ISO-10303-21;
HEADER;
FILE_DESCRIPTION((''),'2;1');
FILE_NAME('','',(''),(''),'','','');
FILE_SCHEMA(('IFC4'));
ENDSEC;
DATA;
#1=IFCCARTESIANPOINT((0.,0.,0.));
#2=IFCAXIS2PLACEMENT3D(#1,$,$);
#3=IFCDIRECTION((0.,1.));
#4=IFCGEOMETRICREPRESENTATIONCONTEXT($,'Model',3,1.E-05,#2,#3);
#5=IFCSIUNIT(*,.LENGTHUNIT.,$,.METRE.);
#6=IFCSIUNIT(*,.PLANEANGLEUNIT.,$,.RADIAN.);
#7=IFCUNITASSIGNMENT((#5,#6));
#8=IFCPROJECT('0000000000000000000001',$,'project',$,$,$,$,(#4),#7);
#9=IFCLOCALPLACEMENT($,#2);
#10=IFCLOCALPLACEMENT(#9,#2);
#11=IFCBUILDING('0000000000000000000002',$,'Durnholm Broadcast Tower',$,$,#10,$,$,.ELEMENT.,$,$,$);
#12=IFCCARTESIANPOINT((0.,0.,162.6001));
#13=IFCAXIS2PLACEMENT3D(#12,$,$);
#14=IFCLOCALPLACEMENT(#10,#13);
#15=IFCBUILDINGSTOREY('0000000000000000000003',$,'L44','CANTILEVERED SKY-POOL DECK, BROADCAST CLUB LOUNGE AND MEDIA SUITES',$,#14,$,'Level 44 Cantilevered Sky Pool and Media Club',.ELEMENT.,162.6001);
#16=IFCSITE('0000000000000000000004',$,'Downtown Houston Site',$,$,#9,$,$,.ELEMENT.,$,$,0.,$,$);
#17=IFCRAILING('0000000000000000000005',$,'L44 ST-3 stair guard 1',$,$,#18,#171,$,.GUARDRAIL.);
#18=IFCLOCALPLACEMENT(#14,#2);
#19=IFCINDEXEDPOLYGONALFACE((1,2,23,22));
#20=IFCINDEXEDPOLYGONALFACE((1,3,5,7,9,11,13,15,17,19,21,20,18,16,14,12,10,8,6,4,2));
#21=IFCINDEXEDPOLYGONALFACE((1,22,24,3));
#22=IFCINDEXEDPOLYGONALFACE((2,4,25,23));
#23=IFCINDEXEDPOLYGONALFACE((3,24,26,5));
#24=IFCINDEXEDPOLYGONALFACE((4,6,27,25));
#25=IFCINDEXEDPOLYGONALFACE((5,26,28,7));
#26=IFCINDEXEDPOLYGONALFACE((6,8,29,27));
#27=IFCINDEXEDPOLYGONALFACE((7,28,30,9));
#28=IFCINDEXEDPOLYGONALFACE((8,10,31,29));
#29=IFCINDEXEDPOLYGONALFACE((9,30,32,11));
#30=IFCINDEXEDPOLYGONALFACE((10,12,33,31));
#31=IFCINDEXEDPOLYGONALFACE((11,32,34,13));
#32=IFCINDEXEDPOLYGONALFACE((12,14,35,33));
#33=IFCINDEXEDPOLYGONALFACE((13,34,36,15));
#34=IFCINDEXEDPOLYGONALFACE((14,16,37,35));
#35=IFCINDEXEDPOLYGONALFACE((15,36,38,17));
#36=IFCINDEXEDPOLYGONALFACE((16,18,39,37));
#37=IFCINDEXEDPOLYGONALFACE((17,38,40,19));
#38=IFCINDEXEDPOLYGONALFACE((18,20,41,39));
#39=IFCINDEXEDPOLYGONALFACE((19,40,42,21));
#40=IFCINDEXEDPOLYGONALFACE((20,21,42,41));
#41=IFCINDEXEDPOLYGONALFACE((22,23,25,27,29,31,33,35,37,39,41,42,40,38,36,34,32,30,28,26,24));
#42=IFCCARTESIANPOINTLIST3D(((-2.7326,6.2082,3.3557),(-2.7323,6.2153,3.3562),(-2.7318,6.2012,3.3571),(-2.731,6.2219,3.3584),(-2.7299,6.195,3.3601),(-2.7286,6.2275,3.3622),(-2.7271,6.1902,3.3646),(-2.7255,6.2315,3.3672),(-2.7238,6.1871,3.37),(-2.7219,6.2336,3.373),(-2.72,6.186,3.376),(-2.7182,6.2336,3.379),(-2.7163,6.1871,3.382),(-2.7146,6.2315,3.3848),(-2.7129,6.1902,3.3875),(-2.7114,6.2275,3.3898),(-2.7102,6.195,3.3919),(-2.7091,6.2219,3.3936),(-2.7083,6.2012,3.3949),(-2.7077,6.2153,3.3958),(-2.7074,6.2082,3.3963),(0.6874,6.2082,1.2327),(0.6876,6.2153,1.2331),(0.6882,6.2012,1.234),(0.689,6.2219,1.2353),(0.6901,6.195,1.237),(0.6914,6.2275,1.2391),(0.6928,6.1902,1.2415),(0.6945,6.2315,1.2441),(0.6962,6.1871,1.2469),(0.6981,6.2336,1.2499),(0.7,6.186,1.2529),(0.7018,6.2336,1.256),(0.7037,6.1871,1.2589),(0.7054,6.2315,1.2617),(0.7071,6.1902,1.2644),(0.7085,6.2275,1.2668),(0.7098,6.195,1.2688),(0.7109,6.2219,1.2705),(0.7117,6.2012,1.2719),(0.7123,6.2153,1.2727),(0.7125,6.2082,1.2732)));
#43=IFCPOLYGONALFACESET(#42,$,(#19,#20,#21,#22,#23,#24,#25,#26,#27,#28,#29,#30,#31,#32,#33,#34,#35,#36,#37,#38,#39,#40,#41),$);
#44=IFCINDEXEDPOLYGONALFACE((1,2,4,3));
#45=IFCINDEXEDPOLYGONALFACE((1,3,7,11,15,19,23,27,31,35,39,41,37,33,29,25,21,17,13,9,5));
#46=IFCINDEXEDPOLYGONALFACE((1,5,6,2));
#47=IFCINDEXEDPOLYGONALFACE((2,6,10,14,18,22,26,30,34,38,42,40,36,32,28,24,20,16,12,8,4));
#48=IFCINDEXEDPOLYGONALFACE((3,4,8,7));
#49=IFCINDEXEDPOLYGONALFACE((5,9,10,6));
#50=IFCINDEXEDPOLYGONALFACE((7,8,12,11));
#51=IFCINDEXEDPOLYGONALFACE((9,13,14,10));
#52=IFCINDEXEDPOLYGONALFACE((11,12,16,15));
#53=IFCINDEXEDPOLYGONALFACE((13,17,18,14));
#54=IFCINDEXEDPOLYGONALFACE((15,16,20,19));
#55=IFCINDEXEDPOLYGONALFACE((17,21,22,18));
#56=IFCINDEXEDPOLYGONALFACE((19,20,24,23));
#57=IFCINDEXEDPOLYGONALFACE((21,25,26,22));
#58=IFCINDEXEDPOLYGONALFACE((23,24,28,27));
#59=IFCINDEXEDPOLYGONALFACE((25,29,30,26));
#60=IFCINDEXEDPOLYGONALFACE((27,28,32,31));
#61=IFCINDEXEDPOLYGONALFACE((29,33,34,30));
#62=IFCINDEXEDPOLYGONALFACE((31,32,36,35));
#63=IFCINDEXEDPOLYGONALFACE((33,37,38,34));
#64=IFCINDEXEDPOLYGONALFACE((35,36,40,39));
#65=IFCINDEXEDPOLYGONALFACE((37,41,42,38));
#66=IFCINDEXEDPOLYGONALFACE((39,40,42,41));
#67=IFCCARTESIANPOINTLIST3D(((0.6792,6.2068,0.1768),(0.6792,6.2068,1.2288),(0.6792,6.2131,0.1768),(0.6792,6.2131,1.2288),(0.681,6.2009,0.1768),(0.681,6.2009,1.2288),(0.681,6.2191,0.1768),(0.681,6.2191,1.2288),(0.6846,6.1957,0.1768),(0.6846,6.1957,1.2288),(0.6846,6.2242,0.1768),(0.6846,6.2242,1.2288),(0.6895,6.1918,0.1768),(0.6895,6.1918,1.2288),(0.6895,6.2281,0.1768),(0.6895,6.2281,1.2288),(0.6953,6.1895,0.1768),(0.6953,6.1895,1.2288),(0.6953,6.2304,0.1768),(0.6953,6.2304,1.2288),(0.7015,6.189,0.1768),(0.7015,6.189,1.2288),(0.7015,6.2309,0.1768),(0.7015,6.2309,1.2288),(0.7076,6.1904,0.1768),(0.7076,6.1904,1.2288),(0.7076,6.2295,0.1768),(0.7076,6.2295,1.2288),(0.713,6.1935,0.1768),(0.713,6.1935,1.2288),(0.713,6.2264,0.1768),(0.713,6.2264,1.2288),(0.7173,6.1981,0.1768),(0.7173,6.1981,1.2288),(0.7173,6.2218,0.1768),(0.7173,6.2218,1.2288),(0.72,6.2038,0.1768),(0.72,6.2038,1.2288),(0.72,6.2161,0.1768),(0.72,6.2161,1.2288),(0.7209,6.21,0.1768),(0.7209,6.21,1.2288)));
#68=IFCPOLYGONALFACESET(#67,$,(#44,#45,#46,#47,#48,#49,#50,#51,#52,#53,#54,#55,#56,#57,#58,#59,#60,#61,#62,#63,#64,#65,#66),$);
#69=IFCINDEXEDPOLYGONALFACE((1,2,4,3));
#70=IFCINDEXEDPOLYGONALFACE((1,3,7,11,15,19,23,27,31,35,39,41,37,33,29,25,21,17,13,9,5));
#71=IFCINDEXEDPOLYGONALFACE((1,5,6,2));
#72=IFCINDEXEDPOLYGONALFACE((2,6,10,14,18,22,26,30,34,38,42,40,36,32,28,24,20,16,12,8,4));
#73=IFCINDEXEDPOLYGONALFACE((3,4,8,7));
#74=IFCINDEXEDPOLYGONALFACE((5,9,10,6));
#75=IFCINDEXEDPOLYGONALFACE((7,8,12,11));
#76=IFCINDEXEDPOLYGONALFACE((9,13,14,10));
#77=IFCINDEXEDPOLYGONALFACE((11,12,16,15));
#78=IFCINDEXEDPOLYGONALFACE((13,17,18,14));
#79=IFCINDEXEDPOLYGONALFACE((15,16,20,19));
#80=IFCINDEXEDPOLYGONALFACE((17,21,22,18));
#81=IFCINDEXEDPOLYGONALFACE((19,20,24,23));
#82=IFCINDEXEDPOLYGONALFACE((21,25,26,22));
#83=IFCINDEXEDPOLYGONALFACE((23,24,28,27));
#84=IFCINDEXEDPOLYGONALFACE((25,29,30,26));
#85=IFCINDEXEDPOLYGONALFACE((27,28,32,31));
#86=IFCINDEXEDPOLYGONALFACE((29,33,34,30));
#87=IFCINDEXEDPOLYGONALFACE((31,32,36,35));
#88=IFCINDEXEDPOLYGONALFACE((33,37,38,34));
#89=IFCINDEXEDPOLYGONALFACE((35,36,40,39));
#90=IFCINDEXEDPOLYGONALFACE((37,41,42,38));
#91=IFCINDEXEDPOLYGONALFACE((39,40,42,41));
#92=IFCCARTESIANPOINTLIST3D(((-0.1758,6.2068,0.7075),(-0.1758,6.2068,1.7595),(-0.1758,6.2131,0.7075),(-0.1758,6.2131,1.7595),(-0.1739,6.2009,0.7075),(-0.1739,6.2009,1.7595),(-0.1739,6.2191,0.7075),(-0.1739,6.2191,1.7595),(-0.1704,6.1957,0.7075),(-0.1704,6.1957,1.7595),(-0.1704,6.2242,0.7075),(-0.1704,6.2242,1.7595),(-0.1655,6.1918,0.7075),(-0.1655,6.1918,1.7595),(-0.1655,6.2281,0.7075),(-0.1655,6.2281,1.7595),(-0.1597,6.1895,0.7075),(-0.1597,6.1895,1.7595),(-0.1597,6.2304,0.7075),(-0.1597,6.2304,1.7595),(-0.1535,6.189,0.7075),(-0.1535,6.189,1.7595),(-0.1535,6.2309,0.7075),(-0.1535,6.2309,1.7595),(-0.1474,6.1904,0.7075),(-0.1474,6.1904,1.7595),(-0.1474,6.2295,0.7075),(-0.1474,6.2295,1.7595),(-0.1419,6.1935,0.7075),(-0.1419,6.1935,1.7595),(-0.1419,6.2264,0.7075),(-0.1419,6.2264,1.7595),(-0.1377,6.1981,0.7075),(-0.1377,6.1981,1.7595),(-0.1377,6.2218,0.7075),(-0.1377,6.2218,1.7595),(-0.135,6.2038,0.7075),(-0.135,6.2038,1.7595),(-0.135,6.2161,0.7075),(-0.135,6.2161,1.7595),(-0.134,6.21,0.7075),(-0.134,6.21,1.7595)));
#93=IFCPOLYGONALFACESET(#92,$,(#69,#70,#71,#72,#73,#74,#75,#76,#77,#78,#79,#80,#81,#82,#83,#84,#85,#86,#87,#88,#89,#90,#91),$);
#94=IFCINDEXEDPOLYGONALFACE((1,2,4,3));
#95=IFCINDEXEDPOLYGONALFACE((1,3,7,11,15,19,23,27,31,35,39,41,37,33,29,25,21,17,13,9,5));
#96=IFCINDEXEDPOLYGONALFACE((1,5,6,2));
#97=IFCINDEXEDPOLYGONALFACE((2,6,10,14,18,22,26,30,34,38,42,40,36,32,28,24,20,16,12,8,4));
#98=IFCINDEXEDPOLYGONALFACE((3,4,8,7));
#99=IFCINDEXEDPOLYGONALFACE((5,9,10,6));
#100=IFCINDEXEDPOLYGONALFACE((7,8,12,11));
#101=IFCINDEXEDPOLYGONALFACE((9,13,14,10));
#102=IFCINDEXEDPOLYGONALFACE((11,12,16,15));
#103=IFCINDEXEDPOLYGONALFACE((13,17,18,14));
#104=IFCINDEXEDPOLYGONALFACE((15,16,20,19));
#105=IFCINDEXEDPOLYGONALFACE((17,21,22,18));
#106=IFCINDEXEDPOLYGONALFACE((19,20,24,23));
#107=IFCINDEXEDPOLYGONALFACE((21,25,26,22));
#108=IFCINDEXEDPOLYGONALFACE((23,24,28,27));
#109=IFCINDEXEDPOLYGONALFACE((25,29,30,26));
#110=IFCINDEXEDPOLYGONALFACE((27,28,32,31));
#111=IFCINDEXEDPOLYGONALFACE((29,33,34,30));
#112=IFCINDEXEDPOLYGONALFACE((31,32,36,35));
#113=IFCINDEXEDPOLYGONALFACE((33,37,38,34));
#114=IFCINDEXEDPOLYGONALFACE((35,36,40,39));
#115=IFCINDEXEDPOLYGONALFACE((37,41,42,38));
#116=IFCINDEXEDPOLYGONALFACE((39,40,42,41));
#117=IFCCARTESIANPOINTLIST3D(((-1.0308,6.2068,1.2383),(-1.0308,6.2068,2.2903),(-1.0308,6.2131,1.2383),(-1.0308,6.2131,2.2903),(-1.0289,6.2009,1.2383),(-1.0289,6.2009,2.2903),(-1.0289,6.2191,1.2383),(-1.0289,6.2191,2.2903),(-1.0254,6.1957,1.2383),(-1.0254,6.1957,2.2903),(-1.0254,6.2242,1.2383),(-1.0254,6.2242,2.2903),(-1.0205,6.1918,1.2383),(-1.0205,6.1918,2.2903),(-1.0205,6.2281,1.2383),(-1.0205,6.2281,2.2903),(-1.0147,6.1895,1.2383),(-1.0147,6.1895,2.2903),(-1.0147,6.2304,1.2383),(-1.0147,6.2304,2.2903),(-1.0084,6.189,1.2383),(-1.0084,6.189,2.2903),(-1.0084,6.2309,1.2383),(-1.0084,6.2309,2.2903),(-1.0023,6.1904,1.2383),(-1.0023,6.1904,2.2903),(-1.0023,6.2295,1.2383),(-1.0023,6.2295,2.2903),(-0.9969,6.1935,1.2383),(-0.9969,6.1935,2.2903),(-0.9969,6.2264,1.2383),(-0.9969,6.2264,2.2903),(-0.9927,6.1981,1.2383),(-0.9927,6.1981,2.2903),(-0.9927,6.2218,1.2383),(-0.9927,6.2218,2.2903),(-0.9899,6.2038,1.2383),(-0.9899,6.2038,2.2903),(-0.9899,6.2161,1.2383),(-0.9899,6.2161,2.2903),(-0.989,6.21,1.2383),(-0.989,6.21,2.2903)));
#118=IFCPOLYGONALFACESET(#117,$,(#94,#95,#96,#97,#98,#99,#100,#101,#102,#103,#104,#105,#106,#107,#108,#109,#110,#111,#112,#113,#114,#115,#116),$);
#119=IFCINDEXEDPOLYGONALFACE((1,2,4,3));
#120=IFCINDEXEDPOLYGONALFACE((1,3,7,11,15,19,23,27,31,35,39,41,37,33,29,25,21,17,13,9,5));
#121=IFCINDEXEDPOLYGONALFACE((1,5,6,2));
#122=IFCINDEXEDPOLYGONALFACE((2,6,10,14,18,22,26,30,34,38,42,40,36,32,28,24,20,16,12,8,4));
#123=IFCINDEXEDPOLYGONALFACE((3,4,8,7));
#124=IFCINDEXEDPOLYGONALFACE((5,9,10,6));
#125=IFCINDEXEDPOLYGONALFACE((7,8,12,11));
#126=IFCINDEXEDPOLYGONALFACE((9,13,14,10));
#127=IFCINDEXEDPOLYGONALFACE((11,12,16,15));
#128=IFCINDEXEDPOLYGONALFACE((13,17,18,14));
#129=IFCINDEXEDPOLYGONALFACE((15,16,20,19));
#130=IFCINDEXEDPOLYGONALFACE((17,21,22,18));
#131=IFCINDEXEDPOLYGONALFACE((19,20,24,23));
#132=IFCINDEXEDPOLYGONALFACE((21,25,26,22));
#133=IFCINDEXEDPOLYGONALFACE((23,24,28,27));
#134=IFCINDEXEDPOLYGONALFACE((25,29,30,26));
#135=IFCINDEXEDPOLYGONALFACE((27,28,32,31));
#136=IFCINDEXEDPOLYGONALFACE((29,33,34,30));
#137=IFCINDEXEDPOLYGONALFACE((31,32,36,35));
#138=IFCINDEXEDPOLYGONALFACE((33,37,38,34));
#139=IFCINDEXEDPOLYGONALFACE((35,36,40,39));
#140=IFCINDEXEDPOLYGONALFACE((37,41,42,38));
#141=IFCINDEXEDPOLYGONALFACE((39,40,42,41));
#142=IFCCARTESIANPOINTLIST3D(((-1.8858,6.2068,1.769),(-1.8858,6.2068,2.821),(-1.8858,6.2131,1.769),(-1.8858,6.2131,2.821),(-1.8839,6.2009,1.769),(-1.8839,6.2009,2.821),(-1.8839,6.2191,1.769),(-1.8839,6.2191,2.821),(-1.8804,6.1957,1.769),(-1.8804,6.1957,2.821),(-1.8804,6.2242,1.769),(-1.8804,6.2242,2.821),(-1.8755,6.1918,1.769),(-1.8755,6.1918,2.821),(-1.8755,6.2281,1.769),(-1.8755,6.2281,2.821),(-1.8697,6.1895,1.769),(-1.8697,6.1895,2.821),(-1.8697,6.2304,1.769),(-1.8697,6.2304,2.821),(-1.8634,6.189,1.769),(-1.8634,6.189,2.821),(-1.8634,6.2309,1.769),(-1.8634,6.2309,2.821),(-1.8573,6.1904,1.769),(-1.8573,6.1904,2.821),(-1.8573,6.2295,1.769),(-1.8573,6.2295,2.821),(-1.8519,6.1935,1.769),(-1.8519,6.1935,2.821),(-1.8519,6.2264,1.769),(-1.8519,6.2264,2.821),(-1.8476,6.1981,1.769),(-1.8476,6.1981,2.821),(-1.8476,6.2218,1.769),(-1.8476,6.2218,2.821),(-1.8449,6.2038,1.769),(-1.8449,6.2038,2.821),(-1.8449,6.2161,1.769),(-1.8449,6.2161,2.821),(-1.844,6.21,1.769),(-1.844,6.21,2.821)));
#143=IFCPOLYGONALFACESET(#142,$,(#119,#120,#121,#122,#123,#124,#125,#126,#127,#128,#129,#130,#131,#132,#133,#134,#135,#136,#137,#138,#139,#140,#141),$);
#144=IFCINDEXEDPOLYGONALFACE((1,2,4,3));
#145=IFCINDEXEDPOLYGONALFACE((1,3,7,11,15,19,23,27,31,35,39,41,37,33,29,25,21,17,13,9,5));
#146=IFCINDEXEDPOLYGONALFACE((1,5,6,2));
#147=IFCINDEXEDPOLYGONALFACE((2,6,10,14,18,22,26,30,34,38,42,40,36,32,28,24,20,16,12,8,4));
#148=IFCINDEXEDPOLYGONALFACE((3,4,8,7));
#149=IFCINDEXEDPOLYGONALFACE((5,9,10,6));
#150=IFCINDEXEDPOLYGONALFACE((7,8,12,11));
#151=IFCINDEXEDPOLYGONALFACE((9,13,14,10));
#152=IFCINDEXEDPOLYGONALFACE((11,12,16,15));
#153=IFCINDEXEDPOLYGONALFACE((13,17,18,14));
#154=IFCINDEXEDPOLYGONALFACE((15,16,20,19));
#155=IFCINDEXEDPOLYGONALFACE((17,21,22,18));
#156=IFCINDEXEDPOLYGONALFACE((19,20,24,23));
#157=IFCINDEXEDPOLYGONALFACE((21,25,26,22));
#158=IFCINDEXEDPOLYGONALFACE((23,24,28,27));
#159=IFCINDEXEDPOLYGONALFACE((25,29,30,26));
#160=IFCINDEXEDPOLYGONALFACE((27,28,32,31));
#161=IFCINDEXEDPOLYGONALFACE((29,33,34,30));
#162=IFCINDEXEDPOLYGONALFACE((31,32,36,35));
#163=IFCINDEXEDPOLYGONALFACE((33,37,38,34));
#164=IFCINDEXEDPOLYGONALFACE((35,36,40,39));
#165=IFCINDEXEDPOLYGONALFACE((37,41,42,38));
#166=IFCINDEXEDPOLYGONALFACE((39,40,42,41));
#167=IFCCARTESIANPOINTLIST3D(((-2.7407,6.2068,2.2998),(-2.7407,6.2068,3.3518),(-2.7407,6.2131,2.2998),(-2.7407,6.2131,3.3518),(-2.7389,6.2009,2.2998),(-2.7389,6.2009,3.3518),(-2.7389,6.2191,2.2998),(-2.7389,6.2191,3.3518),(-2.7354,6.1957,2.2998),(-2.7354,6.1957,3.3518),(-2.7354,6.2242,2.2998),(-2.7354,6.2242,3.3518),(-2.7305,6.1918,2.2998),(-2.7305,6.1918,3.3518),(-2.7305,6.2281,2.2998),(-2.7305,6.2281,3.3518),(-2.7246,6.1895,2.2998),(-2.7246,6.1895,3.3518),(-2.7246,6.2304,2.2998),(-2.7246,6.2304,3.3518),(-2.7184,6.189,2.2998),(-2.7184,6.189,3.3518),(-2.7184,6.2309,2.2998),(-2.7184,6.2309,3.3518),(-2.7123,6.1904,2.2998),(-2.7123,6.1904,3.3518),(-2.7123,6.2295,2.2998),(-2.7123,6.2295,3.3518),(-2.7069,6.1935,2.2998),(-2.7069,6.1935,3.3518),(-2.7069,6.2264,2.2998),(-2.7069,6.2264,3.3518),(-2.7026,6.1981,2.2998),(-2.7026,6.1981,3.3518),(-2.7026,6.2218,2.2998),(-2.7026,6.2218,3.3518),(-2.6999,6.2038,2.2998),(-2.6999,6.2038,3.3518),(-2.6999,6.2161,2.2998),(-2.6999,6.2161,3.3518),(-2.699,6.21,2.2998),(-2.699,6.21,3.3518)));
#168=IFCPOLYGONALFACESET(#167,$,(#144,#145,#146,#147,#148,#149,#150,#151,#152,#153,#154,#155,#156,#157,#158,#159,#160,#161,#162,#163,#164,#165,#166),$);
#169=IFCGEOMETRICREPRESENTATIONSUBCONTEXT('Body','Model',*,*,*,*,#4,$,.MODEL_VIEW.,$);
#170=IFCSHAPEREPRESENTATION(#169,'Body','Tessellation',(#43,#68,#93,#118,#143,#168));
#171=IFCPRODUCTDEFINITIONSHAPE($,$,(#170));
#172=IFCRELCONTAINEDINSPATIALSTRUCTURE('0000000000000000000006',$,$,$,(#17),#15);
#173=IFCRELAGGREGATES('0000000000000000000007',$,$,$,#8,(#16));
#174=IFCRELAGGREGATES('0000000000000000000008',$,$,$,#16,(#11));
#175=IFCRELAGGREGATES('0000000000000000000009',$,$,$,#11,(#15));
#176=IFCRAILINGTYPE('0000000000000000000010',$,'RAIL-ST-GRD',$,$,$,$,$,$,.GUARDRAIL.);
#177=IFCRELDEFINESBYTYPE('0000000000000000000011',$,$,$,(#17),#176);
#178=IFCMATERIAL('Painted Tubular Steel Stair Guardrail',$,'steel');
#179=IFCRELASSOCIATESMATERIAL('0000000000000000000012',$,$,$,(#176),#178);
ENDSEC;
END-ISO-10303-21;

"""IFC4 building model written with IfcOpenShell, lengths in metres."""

from ifc_helpers import new_model, si_unit, direction, frame, origin, origin_2d, place, context, subcontext, project, spatial, circle, extrude, material, type_object, element, save


model = new_model("IFC4")

# Units and contexts
model_context = context("Model", 3, precision=1e-05, world=origin(), true_north=direction((0.0, 1.0)))
body_context = subcontext(model_context, "Body", "Model", "MODEL_VIEW")
ifc_project = project(units=[si_unit("LENGTHUNIT", "METRE"), si_unit("PLANEANGLEUNIT", "RADIAN")], contexts=[model_context])

# Site, building, storey
site_placement = place(None, origin())
site = spatial("IfcSite", under=ifc_project, at=site_placement, Name="Downtown Houston Site", CompositionType="ELEMENT", RefElevation=0.0)
building_placement = place(site_placement, origin())
building = spatial("IfcBuilding", under=site, at=building_placement, Name="Durnholm Broadcast Tower", CompositionType="ELEMENT")
storey_placement = place(building_placement, frame((0.0, 0.0, 162.6001)))
storey = spatial("IfcBuildingStorey", under=building, at=storey_placement, Name="L44", Description="CANTILEVERED SKY-POOL DECK, BROADCAST CLUB LOUNGE AND MEDIA SUITES", LongName="Level 44 Cantilevered Sky Pool and Media Club", CompositionType="ELEMENT", Elevation=162.6001)

# Railing
ifc_material_1 = material(Name="Painted Tubular Steel Stair Guardrail", Category="steel")
railing_type = type_object("IfcRailingType", Name="RAIL-ST-GRD", PredefinedType="GUARDRAIL", material=ifc_material_1)
railing_1_placement = place(storey_placement, frame((0.7, 6.21, 0.1768)))
element("IfcRailing", 1, at=railing_1_placement, inside=storey, type_object=railing_type, Name="L44 ST-3 stair guard 1", PredefinedType="GUARDRAIL", context=body_context, shape_type="SweptSolid", body=[
    extrude(circle(Radius=0.0239, at=origin_2d()), frame((0.0, 0.0, 1.0762), z_axis=(-0.849603, 0.0, 0.527423), x_axis=(0.0, -1.0, 0.0)), (0.0, 0.0, 1.0), 4.0254),
    extrude(circle(Radius=0.021, at=origin_2d()), origin(), (0.0, 0.0, 1.0), 1.052),
    extrude(circle(Radius=0.021, at=origin_2d()), frame((-0.855, 0.0, 0.5308)), (0.0, 0.0, 1.0), 1.052),
    extrude(circle(Radius=0.021, at=origin_2d()), frame((-1.71, 0.0, 1.0615)), (0.0, 0.0, 1.0), 1.052),
    extrude(circle(Radius=0.021, at=origin_2d()), frame((-2.5649, 0.0, 1.5923)), (0.0, 0.0, 1.0), 1.052),
    extrude(circle(Radius=0.021, at=origin_2d()), frame((-3.4199, 0.0, 2.123)), (0.0, 0.0, 1.0), 1.052),
])

save(model, "model.ifc")
